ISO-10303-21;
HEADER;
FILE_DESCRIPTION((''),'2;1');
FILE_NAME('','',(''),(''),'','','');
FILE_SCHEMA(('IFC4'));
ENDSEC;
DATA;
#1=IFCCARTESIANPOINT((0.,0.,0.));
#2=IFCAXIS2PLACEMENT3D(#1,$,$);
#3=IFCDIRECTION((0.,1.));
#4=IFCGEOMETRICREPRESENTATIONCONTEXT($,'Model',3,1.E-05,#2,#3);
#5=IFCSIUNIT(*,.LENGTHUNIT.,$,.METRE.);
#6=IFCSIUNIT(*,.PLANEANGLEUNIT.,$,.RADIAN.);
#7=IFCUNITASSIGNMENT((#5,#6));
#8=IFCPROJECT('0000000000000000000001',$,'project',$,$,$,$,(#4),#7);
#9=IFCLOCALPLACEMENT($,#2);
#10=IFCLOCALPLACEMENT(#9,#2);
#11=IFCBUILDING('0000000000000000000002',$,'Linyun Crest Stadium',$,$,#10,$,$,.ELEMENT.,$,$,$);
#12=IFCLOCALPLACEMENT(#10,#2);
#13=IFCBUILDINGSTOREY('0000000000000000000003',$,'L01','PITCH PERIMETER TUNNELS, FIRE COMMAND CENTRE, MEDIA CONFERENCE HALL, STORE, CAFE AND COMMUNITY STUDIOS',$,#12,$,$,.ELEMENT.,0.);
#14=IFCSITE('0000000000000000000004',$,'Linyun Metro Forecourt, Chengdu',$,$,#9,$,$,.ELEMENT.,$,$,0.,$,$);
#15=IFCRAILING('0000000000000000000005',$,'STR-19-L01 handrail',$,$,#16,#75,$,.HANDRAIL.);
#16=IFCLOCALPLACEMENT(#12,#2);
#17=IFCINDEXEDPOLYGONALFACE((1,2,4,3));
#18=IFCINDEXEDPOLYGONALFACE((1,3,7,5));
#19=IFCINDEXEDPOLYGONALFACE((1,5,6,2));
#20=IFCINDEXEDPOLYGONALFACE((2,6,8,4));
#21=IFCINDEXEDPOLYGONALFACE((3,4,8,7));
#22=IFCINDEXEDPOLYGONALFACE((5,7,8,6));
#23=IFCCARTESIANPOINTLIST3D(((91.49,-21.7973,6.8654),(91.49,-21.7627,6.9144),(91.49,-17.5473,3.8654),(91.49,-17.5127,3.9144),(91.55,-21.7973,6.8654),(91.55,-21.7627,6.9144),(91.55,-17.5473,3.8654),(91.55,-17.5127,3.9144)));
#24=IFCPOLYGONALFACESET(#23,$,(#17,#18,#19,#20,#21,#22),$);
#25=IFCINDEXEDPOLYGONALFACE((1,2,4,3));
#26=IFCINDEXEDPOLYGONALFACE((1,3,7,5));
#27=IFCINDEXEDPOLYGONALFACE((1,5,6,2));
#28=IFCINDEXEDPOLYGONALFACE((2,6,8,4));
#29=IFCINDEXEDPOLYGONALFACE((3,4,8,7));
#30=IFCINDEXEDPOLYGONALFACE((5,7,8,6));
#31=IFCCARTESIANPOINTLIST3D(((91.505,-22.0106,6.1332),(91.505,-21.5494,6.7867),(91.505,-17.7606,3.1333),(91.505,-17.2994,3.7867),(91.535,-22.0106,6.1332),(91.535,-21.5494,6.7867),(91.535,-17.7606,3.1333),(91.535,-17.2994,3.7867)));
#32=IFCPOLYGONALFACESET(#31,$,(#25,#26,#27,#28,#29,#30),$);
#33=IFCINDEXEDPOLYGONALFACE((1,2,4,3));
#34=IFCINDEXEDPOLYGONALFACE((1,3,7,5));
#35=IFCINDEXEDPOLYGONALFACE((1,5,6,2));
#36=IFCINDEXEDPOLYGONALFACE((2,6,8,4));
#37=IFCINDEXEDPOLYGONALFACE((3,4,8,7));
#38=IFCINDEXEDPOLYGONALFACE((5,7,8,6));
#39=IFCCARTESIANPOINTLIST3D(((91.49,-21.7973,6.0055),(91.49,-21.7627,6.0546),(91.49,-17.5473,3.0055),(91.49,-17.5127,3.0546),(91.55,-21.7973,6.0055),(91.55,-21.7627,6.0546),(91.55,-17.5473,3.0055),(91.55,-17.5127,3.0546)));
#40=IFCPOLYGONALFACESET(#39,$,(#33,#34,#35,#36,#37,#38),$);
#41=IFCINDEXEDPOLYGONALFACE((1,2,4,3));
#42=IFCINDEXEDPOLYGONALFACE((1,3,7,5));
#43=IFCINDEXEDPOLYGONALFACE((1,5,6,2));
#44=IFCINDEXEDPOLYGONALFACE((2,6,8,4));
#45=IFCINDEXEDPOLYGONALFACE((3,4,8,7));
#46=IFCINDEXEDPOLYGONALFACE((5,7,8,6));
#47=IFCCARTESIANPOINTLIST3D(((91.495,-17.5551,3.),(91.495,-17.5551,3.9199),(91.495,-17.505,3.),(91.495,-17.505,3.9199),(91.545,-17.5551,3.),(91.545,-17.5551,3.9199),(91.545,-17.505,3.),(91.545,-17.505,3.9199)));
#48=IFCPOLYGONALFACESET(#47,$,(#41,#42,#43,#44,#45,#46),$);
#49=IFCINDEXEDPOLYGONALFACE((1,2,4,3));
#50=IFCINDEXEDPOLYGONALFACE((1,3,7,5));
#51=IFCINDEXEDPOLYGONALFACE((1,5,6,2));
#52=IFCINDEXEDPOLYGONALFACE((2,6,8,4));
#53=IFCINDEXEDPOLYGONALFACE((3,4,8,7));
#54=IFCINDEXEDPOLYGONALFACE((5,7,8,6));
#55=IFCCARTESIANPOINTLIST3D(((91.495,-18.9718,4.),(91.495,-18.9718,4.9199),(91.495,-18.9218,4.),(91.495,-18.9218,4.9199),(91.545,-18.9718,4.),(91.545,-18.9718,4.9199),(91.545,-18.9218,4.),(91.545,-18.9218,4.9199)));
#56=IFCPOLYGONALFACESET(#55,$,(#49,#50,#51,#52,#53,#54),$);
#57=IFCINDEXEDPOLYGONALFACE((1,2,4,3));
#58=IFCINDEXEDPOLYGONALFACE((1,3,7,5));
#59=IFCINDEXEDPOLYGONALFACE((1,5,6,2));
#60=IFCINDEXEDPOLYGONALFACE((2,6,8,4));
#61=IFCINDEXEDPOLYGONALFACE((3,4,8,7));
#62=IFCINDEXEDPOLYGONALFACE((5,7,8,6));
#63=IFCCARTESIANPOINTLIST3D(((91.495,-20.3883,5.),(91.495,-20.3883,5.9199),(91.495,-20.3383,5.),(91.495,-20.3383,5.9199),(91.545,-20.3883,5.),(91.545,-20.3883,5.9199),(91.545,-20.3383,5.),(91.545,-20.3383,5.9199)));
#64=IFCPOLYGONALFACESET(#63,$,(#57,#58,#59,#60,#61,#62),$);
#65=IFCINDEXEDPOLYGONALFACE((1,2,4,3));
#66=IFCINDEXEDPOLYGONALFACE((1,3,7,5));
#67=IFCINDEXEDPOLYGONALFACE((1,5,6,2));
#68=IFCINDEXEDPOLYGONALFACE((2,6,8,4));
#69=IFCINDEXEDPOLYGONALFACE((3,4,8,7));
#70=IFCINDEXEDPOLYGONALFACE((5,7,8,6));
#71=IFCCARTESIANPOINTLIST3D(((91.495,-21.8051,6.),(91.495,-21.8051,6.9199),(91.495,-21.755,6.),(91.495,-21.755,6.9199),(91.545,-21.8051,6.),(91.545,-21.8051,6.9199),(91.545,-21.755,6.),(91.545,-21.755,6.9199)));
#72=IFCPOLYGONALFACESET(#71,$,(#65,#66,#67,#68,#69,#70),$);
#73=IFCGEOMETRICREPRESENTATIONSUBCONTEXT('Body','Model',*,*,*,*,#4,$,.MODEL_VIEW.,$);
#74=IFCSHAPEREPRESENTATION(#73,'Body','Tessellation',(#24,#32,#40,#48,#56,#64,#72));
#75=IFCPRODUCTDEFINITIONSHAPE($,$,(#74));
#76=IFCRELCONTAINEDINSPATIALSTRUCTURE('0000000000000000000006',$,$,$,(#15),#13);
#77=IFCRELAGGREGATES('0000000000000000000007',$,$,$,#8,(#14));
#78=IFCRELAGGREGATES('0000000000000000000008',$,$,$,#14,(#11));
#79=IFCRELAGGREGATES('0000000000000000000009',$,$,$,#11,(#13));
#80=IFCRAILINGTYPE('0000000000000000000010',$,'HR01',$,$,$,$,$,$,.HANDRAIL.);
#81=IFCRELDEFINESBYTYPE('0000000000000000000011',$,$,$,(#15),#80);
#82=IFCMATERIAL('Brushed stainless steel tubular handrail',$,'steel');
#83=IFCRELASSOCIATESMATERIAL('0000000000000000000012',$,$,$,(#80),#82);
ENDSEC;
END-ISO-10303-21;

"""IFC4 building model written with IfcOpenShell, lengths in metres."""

from ifc_helpers import new_model, si_unit, direction, frame, origin, origin_2d, place, context, subcontext, project, spatial, rectangle, extrude, material, type_object, element, save


model = new_model("IFC4")

# Units and contexts
model_context = context("Model", 3, precision=1e-05, world=origin(), true_north=direction((0.0, 1.0)))
body_context = subcontext(model_context, "Body", "Model", "MODEL_VIEW")
ifc_project = project(units=[si_unit("LENGTHUNIT", "METRE"), si_unit("PLANEANGLEUNIT", "RADIAN")], contexts=[model_context])

# Site, building, storey
site_placement = place(None, origin())
site = spatial("IfcSite", under=ifc_project, at=site_placement, Name="Linyun Metro Forecourt, Chengdu", CompositionType="ELEMENT", RefElevation=0.0)
building_placement = place(site_placement, origin())
building = spatial("IfcBuilding", under=site, at=building_placement, Name="Linyun Crest Stadium", CompositionType="ELEMENT")
storey_placement = place(building_placement, origin())
storey = spatial("IfcBuildingStorey", under=building, at=storey_placement, Name="L01", Description="PITCH PERIMETER TUNNELS, FIRE COMMAND CENTRE, MEDIA CONFERENCE HALL, STORE, CAFE AND COMMUNITY STUDIOS", CompositionType="ELEMENT", Elevation=0.0)

# Railing
ifc_material_1 = material(Name="Brushed stainless steel tubular handrail", Category="steel")
railing_type_1 = type_object("IfcRailingType", Name="HR01", PredefinedType="HANDRAIL", material=ifc_material_1)
railing_1_placement = place(storey_placement, frame((91.52, -17.53, 3.0)))
element("IfcRailing", 1, at=railing_1_placement, inside=storey, type_object=railing_type_1, Name="STR-19-L01 handrail", PredefinedType="HANDRAIL", context=body_context, shape_type="SweptSolid", body=[
    extrude(rectangle(XDim=0.0601, YDim=0.0601, at=origin_2d()), frame((0.0, 0.0, 0.8899), z_axis=(0.0, -0.816968, 0.576683), x_axis=(1.0, 0.0, 0.0)), (0.0, 0.0, 1.0), 5.2021),
    extrude(rectangle(XDim=0.03, YDim=0.7998, at=origin_2d()), frame((0.0, 0.0, 0.46), z_axis=(0.0, -0.816968, 0.576683), x_axis=(1.0, 0.0, 0.0)), (0.0, 0.0, 1.0), 5.2021),
    extrude(rectangle(XDim=0.0601, YDim=0.0601, at=origin_2d()), frame((0.0, 0.0, 0.03), z_axis=(0.0, -0.816968, 0.576683), x_axis=(1.0, 0.0, 0.0)), (0.0, 0.0, 1.0), 5.2021),
    extrude(rectangle(XDim=0.05, YDim=0.05, at=origin_2d()), origin(), (0.0, 0.0, 1.0), 0.9199),
    extrude(rectangle(XDim=0.05, YDim=0.05, at=origin_2d()), frame((0.0, -1.4167, 1.0)), (0.0, 0.0, 1.0), 0.9199),
    extrude(rectangle(XDim=0.05, YDim=0.05, at=origin_2d()), frame((0.0, -2.8333, 2.0)), (0.0, 0.0, 1.0), 0.9199),
    extrude(rectangle(XDim=0.05, YDim=0.05, at=origin_2d()), frame((0.0, -4.25, 3.0)), (0.0, 0.0, 1.0), 0.9199),
])

save(model, "model.ifc")
